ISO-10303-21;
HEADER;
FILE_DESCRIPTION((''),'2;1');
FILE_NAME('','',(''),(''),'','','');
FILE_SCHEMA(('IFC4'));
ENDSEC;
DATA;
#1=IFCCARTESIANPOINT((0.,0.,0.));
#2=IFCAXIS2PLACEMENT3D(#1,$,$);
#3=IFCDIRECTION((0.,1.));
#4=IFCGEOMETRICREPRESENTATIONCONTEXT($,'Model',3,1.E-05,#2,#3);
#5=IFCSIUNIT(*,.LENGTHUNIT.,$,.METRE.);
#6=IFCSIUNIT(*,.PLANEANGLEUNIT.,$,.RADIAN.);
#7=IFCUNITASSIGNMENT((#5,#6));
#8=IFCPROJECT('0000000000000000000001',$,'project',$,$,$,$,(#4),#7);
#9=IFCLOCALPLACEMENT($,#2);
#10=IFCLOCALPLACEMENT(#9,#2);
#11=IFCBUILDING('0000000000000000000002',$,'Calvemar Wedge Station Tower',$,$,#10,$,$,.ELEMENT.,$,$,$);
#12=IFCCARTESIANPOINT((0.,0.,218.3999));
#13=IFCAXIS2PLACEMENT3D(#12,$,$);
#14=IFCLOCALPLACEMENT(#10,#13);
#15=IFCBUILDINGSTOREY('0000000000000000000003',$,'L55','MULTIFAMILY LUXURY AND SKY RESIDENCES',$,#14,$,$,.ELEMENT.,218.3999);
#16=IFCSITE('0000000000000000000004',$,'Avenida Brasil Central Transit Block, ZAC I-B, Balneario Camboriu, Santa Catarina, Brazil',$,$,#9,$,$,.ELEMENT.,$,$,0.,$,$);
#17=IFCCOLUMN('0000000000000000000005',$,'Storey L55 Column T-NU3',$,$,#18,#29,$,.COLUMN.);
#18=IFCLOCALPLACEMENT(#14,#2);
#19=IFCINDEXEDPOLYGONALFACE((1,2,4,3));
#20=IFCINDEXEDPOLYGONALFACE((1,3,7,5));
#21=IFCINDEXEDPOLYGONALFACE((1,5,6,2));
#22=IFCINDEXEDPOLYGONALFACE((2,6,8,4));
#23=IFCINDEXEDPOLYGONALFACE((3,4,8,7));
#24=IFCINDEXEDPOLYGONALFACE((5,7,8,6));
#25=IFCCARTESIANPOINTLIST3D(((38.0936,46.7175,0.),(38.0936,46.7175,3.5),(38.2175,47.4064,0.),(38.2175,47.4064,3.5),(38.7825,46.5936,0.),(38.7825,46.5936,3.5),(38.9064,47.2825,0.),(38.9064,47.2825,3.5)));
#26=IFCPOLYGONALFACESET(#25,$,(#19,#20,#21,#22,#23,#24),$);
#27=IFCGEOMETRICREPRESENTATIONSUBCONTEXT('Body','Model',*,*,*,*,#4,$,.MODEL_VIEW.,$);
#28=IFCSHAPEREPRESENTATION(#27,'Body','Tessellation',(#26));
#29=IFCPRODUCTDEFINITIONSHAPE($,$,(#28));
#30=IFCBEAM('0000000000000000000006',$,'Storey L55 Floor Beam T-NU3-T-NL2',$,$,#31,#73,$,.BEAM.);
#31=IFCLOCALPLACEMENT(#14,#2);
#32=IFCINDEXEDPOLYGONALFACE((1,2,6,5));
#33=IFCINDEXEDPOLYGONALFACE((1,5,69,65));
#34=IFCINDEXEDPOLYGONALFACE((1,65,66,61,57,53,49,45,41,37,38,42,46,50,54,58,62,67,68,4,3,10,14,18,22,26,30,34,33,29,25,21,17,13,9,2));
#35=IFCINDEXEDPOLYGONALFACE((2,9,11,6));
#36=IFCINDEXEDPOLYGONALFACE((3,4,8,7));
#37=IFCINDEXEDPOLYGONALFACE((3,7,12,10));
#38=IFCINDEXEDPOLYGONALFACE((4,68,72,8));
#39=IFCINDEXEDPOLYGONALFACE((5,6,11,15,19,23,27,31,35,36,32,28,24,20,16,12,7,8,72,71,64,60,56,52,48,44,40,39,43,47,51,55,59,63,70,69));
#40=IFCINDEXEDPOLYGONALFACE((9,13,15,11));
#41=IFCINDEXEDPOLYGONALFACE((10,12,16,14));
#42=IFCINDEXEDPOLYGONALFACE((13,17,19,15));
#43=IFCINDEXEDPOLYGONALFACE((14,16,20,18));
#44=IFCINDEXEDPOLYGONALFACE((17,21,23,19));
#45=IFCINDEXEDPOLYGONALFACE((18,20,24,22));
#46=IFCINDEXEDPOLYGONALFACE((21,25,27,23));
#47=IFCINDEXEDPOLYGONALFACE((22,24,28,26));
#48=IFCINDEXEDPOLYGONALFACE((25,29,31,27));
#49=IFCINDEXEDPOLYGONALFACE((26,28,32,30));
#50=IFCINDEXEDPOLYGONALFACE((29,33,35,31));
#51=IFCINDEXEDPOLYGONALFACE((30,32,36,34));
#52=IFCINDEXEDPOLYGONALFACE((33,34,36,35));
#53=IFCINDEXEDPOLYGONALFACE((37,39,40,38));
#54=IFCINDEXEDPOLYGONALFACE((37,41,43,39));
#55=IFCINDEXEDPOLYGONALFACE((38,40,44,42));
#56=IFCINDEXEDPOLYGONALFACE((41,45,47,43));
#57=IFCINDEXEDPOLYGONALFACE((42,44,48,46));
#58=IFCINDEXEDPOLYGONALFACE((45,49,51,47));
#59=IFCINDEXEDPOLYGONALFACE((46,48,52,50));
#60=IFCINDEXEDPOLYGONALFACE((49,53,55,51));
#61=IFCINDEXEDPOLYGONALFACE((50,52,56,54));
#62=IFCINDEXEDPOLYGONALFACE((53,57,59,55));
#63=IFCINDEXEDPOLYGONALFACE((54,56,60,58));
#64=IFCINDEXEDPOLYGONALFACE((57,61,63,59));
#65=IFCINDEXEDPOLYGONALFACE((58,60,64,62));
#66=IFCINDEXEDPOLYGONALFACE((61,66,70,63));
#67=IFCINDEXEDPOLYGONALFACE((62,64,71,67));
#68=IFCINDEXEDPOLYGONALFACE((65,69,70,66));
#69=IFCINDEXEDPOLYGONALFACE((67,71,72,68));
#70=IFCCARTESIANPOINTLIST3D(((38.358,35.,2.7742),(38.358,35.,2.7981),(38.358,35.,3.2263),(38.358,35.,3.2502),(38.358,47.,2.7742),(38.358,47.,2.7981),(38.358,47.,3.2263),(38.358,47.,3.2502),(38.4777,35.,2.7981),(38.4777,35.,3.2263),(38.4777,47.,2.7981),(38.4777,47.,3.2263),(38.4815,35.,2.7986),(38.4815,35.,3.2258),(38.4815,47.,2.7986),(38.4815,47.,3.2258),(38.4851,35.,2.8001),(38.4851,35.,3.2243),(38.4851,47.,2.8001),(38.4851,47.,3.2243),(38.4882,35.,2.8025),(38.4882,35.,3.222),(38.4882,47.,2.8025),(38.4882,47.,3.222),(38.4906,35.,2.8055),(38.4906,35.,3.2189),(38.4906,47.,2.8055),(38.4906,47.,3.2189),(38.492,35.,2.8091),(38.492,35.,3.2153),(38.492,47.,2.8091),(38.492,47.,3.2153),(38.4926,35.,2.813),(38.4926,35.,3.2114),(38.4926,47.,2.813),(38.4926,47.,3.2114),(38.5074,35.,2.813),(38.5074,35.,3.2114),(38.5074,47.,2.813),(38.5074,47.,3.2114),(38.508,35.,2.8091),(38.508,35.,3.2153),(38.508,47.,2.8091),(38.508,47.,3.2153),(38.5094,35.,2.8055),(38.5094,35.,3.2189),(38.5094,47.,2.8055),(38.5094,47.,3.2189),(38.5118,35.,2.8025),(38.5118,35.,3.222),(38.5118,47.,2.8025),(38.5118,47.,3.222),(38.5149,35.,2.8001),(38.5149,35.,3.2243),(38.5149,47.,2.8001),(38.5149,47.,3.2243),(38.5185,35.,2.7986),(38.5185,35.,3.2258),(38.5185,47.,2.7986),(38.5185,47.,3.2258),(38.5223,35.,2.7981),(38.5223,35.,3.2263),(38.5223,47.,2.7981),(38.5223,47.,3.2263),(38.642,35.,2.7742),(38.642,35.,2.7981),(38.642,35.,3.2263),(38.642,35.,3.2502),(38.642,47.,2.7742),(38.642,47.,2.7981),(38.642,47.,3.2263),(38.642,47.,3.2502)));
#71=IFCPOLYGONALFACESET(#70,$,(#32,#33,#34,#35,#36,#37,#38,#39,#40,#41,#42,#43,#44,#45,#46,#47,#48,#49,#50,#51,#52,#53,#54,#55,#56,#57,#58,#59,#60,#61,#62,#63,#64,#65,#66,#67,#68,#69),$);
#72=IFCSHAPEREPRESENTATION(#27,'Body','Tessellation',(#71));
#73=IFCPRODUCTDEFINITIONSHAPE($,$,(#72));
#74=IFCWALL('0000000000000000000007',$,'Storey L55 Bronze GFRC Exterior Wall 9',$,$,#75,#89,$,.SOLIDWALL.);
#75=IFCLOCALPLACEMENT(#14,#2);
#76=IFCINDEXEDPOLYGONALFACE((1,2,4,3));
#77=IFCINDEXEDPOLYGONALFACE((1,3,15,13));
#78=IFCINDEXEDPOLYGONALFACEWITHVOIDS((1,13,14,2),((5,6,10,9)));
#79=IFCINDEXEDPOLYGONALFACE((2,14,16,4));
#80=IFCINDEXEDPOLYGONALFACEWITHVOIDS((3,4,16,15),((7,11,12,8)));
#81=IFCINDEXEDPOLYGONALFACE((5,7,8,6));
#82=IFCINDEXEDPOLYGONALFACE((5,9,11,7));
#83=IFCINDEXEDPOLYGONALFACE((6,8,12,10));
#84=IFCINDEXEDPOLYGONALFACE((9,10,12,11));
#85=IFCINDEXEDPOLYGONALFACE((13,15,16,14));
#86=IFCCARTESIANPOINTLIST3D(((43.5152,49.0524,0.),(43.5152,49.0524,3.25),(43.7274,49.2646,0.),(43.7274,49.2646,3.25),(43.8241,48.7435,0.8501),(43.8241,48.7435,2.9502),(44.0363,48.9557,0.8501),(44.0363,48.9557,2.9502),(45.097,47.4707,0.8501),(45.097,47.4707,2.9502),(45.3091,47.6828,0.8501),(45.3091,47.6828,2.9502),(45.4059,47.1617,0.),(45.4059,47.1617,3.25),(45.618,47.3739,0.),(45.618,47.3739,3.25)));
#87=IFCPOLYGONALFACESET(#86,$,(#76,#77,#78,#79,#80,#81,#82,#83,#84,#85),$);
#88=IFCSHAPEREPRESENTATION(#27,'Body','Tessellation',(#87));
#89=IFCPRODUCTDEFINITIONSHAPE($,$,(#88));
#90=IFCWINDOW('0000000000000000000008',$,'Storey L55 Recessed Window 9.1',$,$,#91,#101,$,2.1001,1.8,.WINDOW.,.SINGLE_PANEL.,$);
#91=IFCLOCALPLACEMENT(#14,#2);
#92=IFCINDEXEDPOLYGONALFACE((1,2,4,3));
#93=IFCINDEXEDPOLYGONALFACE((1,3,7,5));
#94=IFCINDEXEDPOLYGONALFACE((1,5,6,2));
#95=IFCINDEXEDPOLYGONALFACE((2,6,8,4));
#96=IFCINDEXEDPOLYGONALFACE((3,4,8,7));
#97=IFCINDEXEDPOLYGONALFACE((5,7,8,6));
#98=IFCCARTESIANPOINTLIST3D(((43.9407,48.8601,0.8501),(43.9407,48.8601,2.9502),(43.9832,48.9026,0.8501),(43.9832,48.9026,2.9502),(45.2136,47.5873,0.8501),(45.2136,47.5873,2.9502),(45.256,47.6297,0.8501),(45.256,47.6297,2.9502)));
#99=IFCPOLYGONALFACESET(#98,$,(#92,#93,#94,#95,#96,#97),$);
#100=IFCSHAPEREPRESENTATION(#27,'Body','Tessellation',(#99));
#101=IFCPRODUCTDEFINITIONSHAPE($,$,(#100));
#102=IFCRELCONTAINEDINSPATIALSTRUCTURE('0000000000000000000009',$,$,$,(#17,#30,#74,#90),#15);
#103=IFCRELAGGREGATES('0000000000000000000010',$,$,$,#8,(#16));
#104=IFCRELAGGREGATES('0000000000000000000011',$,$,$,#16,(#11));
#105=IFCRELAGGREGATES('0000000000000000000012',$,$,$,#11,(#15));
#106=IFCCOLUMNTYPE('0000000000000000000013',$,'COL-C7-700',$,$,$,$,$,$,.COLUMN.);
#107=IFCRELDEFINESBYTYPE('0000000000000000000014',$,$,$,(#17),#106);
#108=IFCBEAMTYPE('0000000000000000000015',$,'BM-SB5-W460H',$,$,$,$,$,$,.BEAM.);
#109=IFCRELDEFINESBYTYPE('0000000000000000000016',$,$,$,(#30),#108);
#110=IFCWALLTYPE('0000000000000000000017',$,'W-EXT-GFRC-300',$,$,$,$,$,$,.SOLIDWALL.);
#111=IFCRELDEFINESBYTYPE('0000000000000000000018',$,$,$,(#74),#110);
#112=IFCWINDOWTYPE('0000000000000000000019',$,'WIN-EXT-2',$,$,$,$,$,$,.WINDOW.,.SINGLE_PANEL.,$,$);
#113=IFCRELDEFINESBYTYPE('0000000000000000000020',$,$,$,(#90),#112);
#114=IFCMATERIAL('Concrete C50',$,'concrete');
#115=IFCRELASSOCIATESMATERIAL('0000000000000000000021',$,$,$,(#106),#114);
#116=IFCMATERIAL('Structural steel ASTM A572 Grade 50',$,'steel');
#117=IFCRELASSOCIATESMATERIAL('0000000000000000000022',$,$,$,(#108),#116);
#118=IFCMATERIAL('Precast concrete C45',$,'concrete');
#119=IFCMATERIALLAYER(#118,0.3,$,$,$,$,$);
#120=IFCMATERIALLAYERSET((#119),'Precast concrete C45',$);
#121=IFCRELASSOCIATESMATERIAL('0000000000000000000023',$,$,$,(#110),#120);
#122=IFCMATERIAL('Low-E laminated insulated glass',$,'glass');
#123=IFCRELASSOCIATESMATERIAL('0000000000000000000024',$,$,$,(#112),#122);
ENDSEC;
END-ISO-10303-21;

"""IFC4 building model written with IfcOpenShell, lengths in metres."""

from ifc_helpers import new_model, si_unit, direction, frame, frame_2d, origin, origin_2d, place, context, subcontext, project, spatial, rectangle, i_section, extrude, source, transform, mapped, material, layer, layer_set, material_profile, profile_set, type_object, element, fill, save


model = new_model("IFC4")

# Units and contexts
model_context = context("Model", 3, precision=1e-05, world=origin(), true_north=direction((0.0, 1.0)))
body_context = subcontext(model_context, "Body", "Model", "MODEL_VIEW")
ifc_project = project(units=[si_unit("LENGTHUNIT", "METRE"), si_unit("PLANEANGLEUNIT", "RADIAN")], contexts=[model_context])

# Site, building, storey
site_placement = place(None, origin())
site = spatial("IfcSite", under=ifc_project, at=site_placement, Name="Avenida Brasil Central Transit Block, ZAC I-B, Balneario Camboriu, Santa Catarina, Brazil", CompositionType="ELEMENT", RefElevation=0.0)
building_placement = place(site_placement, origin())
building = spatial("IfcBuilding", under=site, at=building_placement, Name="Calvemar Wedge Station Tower", CompositionType="ELEMENT")
storey_placement = place(building_placement, frame((0.0, 0.0, 218.3999)))
storey = spatial("IfcBuildingStorey", under=building, at=storey_placement, Name="L55", Description="MULTIFAMILY LUXURY AND SKY RESIDENCES", CompositionType="ELEMENT", Elevation=218.3999)

# Column
ifc_material_1 = material(Name="Concrete C50", Category="concrete")
ifc_material_profile_1 = material_profile(ifc_material_1, rectangle(XDim=0.7, YDim=0.7, at=origin_2d()), Name="RC700x700")
ifc_profile_set_1 = profile_set([ifc_material_profile_1], Name="Concrete C50")
column_type = type_object("IfcColumnType", Name="COL-C7-700", PredefinedType="COLUMN", material=ifc_profile_set_1)
shared_shape_1 = source(origin(), body_context, "Body", "SweptSolid", [
    extrude(rectangle(XDim=0.7, YDim=0.7, at=origin_2d()), origin(), (0.0, 0.0, 1.0), 3.5),
])
column_placement = place(storey_placement, frame((38.5, 47.0, 0.0), z_axis=(0.0, 0.0, 1.0), x_axis=(0.984196, -0.177085, 0.0)))
element("IfcColumn", 1, at=column_placement, inside=storey, type_object=column_type, Name="Storey L55 Column T-NU3", PredefinedType="COLUMN", context=body_context, shape_type="MappedRepresentation", body=[
    mapped(shared_shape_1, transform((0.0, 0.0, 0.0), scale=1.0)),
])

# Beam
ifc_material_2 = material(Name="Structural steel ASTM A572 Grade 50", Category="steel")
ifc_material_profile_2 = material_profile(ifc_material_2, i_section(OverallWidth=0.2839, OverallDepth=0.4761, WebThickness=0.0149, FlangeThickness=0.0239, FilletRadius=0.0149, at=origin_2d()), Name="W460x158")
ifc_profile_set_2 = profile_set([ifc_material_profile_2], Name="Structural steel ASTM A572 Grade 50")
beam_type = type_object("IfcBeamType", Name="BM-SB5-W460H", PredefinedType="BEAM", material=ifc_profile_set_2)
shared_shape_2 = source(origin(), body_context, "Body", "SweptSolid", [
    extrude(i_section(OverallWidth=0.2839, OverallDepth=0.4761, WebThickness=0.0149, FlangeThickness=0.0239, FilletRadius=0.0149, at=origin_2d()), origin(), (0.0, 0.0, 1.0), 12.0),
])
beam_placement = place(storey_placement, frame((38.5, 47.0, 3.0122), z_axis=(0.0, -1.0, 0.0), x_axis=(1.0, 0.0, 0.0)))
element("IfcBeam", 2, at=beam_placement, inside=storey, type_object=beam_type, Name="Storey L55 Floor Beam T-NU3-T-NL2", PredefinedType="BEAM", context=body_context, shape_type="MappedRepresentation", body=[
    mapped(shared_shape_2, transform((0.0, 0.0, 0.0), scale=1.0)),
])

# Wall, opening, window
ifc_material_3 = material(Name="Precast concrete C45", Category="concrete")
ifc_layer_1 = layer(ifc_material_3, 0.3)
ifc_layer_set_1 = layer_set([ifc_layer_1], Name="Precast concrete C45")
wall_type_1 = type_object("IfcWallType", Name="W-EXT-GFRC-300", PredefinedType="SOLIDWALL", material=ifc_layer_set_1)
wall_1_placement = place(storey_placement, frame((45.512, 47.2678, 0.0), z_axis=(0.0, 0.0, 1.0), x_axis=(-0.707107, 0.707107, 0.0)))
wall_1 = element("IfcWall", 3, at=wall_1_placement, inside=storey, type_object=wall_type_1, Name="Storey L55 Bronze GFRC Exterior Wall 9", PredefinedType="SOLIDWALL", context=body_context, shape_type="SweptSolid", body=[
    extrude(rectangle(XDim=2.6738, YDim=0.3, at=frame_2d((1.3369, 0.0))), origin(), (0.0, 0.0, 1.0), 3.25),
])
shared_shape_3 = source(origin(), body_context, "Body", "SweptSolid", [
    extrude(rectangle(XDim=1.8, YDim=2.1001, at=frame_2d((0.8999, 1.05))), frame((0.0, 0.1602, 0.0), z_axis=(0.0, -1.0, 0.0), x_axis=(1.0, 0.0, 0.0)), (0.0, 0.0, 1.0), 0.3201),
])
opening_1_placement = place(wall_1_placement, frame((0.437, 0.0, 0.8501)))
opening_1 = element("IfcOpeningElement", 4, at=opening_1_placement, cuts=wall_1, PredefinedType="OPENING", context=body_context, shape_type="MappedRepresentation", body=[
    mapped(shared_shape_3, transform((0.0, 0.0, 0.0), scale=1.0)),
])
ifc_material_4 = material(Name="Low-E laminated insulated glass", Category="glass")
window_type_1 = type_object("IfcWindowType", Name="WIN-EXT-2", PartitioningType="SINGLE_PANEL", PredefinedType="WINDOW", material=ifc_material_4)
shared_shape_4 = source(origin(), body_context, "Body", "SweptSolid", [
    extrude(rectangle(XDim=1.8, YDim=2.1001, at=frame_2d((0.8999, 1.05))), frame((0.0, -0.0149, 0.0), z_axis=(0.0, -1.0, 0.0), x_axis=(1.0, 0.0, 0.0)), (0.0, 0.0, 1.0), 0.0601),
])
window_1_placement = place(opening_1_placement, origin())
window_1 = element("IfcWindow", 5, at=window_1_placement, inside=storey, type_object=window_type_1, Name="Storey L55 Recessed Window 9.1", OverallHeight=2.1001, OverallWidth=1.8, PartitioningType="SINGLE_PANEL", PredefinedType="WINDOW", context=body_context, shape_type="MappedRepresentation", body=[
    mapped(shared_shape_4, transform((0.0, 0.0, 0.0), scale=1.0)),
])
fill(opening_1, window_1)

save(model, "model.ifc")
